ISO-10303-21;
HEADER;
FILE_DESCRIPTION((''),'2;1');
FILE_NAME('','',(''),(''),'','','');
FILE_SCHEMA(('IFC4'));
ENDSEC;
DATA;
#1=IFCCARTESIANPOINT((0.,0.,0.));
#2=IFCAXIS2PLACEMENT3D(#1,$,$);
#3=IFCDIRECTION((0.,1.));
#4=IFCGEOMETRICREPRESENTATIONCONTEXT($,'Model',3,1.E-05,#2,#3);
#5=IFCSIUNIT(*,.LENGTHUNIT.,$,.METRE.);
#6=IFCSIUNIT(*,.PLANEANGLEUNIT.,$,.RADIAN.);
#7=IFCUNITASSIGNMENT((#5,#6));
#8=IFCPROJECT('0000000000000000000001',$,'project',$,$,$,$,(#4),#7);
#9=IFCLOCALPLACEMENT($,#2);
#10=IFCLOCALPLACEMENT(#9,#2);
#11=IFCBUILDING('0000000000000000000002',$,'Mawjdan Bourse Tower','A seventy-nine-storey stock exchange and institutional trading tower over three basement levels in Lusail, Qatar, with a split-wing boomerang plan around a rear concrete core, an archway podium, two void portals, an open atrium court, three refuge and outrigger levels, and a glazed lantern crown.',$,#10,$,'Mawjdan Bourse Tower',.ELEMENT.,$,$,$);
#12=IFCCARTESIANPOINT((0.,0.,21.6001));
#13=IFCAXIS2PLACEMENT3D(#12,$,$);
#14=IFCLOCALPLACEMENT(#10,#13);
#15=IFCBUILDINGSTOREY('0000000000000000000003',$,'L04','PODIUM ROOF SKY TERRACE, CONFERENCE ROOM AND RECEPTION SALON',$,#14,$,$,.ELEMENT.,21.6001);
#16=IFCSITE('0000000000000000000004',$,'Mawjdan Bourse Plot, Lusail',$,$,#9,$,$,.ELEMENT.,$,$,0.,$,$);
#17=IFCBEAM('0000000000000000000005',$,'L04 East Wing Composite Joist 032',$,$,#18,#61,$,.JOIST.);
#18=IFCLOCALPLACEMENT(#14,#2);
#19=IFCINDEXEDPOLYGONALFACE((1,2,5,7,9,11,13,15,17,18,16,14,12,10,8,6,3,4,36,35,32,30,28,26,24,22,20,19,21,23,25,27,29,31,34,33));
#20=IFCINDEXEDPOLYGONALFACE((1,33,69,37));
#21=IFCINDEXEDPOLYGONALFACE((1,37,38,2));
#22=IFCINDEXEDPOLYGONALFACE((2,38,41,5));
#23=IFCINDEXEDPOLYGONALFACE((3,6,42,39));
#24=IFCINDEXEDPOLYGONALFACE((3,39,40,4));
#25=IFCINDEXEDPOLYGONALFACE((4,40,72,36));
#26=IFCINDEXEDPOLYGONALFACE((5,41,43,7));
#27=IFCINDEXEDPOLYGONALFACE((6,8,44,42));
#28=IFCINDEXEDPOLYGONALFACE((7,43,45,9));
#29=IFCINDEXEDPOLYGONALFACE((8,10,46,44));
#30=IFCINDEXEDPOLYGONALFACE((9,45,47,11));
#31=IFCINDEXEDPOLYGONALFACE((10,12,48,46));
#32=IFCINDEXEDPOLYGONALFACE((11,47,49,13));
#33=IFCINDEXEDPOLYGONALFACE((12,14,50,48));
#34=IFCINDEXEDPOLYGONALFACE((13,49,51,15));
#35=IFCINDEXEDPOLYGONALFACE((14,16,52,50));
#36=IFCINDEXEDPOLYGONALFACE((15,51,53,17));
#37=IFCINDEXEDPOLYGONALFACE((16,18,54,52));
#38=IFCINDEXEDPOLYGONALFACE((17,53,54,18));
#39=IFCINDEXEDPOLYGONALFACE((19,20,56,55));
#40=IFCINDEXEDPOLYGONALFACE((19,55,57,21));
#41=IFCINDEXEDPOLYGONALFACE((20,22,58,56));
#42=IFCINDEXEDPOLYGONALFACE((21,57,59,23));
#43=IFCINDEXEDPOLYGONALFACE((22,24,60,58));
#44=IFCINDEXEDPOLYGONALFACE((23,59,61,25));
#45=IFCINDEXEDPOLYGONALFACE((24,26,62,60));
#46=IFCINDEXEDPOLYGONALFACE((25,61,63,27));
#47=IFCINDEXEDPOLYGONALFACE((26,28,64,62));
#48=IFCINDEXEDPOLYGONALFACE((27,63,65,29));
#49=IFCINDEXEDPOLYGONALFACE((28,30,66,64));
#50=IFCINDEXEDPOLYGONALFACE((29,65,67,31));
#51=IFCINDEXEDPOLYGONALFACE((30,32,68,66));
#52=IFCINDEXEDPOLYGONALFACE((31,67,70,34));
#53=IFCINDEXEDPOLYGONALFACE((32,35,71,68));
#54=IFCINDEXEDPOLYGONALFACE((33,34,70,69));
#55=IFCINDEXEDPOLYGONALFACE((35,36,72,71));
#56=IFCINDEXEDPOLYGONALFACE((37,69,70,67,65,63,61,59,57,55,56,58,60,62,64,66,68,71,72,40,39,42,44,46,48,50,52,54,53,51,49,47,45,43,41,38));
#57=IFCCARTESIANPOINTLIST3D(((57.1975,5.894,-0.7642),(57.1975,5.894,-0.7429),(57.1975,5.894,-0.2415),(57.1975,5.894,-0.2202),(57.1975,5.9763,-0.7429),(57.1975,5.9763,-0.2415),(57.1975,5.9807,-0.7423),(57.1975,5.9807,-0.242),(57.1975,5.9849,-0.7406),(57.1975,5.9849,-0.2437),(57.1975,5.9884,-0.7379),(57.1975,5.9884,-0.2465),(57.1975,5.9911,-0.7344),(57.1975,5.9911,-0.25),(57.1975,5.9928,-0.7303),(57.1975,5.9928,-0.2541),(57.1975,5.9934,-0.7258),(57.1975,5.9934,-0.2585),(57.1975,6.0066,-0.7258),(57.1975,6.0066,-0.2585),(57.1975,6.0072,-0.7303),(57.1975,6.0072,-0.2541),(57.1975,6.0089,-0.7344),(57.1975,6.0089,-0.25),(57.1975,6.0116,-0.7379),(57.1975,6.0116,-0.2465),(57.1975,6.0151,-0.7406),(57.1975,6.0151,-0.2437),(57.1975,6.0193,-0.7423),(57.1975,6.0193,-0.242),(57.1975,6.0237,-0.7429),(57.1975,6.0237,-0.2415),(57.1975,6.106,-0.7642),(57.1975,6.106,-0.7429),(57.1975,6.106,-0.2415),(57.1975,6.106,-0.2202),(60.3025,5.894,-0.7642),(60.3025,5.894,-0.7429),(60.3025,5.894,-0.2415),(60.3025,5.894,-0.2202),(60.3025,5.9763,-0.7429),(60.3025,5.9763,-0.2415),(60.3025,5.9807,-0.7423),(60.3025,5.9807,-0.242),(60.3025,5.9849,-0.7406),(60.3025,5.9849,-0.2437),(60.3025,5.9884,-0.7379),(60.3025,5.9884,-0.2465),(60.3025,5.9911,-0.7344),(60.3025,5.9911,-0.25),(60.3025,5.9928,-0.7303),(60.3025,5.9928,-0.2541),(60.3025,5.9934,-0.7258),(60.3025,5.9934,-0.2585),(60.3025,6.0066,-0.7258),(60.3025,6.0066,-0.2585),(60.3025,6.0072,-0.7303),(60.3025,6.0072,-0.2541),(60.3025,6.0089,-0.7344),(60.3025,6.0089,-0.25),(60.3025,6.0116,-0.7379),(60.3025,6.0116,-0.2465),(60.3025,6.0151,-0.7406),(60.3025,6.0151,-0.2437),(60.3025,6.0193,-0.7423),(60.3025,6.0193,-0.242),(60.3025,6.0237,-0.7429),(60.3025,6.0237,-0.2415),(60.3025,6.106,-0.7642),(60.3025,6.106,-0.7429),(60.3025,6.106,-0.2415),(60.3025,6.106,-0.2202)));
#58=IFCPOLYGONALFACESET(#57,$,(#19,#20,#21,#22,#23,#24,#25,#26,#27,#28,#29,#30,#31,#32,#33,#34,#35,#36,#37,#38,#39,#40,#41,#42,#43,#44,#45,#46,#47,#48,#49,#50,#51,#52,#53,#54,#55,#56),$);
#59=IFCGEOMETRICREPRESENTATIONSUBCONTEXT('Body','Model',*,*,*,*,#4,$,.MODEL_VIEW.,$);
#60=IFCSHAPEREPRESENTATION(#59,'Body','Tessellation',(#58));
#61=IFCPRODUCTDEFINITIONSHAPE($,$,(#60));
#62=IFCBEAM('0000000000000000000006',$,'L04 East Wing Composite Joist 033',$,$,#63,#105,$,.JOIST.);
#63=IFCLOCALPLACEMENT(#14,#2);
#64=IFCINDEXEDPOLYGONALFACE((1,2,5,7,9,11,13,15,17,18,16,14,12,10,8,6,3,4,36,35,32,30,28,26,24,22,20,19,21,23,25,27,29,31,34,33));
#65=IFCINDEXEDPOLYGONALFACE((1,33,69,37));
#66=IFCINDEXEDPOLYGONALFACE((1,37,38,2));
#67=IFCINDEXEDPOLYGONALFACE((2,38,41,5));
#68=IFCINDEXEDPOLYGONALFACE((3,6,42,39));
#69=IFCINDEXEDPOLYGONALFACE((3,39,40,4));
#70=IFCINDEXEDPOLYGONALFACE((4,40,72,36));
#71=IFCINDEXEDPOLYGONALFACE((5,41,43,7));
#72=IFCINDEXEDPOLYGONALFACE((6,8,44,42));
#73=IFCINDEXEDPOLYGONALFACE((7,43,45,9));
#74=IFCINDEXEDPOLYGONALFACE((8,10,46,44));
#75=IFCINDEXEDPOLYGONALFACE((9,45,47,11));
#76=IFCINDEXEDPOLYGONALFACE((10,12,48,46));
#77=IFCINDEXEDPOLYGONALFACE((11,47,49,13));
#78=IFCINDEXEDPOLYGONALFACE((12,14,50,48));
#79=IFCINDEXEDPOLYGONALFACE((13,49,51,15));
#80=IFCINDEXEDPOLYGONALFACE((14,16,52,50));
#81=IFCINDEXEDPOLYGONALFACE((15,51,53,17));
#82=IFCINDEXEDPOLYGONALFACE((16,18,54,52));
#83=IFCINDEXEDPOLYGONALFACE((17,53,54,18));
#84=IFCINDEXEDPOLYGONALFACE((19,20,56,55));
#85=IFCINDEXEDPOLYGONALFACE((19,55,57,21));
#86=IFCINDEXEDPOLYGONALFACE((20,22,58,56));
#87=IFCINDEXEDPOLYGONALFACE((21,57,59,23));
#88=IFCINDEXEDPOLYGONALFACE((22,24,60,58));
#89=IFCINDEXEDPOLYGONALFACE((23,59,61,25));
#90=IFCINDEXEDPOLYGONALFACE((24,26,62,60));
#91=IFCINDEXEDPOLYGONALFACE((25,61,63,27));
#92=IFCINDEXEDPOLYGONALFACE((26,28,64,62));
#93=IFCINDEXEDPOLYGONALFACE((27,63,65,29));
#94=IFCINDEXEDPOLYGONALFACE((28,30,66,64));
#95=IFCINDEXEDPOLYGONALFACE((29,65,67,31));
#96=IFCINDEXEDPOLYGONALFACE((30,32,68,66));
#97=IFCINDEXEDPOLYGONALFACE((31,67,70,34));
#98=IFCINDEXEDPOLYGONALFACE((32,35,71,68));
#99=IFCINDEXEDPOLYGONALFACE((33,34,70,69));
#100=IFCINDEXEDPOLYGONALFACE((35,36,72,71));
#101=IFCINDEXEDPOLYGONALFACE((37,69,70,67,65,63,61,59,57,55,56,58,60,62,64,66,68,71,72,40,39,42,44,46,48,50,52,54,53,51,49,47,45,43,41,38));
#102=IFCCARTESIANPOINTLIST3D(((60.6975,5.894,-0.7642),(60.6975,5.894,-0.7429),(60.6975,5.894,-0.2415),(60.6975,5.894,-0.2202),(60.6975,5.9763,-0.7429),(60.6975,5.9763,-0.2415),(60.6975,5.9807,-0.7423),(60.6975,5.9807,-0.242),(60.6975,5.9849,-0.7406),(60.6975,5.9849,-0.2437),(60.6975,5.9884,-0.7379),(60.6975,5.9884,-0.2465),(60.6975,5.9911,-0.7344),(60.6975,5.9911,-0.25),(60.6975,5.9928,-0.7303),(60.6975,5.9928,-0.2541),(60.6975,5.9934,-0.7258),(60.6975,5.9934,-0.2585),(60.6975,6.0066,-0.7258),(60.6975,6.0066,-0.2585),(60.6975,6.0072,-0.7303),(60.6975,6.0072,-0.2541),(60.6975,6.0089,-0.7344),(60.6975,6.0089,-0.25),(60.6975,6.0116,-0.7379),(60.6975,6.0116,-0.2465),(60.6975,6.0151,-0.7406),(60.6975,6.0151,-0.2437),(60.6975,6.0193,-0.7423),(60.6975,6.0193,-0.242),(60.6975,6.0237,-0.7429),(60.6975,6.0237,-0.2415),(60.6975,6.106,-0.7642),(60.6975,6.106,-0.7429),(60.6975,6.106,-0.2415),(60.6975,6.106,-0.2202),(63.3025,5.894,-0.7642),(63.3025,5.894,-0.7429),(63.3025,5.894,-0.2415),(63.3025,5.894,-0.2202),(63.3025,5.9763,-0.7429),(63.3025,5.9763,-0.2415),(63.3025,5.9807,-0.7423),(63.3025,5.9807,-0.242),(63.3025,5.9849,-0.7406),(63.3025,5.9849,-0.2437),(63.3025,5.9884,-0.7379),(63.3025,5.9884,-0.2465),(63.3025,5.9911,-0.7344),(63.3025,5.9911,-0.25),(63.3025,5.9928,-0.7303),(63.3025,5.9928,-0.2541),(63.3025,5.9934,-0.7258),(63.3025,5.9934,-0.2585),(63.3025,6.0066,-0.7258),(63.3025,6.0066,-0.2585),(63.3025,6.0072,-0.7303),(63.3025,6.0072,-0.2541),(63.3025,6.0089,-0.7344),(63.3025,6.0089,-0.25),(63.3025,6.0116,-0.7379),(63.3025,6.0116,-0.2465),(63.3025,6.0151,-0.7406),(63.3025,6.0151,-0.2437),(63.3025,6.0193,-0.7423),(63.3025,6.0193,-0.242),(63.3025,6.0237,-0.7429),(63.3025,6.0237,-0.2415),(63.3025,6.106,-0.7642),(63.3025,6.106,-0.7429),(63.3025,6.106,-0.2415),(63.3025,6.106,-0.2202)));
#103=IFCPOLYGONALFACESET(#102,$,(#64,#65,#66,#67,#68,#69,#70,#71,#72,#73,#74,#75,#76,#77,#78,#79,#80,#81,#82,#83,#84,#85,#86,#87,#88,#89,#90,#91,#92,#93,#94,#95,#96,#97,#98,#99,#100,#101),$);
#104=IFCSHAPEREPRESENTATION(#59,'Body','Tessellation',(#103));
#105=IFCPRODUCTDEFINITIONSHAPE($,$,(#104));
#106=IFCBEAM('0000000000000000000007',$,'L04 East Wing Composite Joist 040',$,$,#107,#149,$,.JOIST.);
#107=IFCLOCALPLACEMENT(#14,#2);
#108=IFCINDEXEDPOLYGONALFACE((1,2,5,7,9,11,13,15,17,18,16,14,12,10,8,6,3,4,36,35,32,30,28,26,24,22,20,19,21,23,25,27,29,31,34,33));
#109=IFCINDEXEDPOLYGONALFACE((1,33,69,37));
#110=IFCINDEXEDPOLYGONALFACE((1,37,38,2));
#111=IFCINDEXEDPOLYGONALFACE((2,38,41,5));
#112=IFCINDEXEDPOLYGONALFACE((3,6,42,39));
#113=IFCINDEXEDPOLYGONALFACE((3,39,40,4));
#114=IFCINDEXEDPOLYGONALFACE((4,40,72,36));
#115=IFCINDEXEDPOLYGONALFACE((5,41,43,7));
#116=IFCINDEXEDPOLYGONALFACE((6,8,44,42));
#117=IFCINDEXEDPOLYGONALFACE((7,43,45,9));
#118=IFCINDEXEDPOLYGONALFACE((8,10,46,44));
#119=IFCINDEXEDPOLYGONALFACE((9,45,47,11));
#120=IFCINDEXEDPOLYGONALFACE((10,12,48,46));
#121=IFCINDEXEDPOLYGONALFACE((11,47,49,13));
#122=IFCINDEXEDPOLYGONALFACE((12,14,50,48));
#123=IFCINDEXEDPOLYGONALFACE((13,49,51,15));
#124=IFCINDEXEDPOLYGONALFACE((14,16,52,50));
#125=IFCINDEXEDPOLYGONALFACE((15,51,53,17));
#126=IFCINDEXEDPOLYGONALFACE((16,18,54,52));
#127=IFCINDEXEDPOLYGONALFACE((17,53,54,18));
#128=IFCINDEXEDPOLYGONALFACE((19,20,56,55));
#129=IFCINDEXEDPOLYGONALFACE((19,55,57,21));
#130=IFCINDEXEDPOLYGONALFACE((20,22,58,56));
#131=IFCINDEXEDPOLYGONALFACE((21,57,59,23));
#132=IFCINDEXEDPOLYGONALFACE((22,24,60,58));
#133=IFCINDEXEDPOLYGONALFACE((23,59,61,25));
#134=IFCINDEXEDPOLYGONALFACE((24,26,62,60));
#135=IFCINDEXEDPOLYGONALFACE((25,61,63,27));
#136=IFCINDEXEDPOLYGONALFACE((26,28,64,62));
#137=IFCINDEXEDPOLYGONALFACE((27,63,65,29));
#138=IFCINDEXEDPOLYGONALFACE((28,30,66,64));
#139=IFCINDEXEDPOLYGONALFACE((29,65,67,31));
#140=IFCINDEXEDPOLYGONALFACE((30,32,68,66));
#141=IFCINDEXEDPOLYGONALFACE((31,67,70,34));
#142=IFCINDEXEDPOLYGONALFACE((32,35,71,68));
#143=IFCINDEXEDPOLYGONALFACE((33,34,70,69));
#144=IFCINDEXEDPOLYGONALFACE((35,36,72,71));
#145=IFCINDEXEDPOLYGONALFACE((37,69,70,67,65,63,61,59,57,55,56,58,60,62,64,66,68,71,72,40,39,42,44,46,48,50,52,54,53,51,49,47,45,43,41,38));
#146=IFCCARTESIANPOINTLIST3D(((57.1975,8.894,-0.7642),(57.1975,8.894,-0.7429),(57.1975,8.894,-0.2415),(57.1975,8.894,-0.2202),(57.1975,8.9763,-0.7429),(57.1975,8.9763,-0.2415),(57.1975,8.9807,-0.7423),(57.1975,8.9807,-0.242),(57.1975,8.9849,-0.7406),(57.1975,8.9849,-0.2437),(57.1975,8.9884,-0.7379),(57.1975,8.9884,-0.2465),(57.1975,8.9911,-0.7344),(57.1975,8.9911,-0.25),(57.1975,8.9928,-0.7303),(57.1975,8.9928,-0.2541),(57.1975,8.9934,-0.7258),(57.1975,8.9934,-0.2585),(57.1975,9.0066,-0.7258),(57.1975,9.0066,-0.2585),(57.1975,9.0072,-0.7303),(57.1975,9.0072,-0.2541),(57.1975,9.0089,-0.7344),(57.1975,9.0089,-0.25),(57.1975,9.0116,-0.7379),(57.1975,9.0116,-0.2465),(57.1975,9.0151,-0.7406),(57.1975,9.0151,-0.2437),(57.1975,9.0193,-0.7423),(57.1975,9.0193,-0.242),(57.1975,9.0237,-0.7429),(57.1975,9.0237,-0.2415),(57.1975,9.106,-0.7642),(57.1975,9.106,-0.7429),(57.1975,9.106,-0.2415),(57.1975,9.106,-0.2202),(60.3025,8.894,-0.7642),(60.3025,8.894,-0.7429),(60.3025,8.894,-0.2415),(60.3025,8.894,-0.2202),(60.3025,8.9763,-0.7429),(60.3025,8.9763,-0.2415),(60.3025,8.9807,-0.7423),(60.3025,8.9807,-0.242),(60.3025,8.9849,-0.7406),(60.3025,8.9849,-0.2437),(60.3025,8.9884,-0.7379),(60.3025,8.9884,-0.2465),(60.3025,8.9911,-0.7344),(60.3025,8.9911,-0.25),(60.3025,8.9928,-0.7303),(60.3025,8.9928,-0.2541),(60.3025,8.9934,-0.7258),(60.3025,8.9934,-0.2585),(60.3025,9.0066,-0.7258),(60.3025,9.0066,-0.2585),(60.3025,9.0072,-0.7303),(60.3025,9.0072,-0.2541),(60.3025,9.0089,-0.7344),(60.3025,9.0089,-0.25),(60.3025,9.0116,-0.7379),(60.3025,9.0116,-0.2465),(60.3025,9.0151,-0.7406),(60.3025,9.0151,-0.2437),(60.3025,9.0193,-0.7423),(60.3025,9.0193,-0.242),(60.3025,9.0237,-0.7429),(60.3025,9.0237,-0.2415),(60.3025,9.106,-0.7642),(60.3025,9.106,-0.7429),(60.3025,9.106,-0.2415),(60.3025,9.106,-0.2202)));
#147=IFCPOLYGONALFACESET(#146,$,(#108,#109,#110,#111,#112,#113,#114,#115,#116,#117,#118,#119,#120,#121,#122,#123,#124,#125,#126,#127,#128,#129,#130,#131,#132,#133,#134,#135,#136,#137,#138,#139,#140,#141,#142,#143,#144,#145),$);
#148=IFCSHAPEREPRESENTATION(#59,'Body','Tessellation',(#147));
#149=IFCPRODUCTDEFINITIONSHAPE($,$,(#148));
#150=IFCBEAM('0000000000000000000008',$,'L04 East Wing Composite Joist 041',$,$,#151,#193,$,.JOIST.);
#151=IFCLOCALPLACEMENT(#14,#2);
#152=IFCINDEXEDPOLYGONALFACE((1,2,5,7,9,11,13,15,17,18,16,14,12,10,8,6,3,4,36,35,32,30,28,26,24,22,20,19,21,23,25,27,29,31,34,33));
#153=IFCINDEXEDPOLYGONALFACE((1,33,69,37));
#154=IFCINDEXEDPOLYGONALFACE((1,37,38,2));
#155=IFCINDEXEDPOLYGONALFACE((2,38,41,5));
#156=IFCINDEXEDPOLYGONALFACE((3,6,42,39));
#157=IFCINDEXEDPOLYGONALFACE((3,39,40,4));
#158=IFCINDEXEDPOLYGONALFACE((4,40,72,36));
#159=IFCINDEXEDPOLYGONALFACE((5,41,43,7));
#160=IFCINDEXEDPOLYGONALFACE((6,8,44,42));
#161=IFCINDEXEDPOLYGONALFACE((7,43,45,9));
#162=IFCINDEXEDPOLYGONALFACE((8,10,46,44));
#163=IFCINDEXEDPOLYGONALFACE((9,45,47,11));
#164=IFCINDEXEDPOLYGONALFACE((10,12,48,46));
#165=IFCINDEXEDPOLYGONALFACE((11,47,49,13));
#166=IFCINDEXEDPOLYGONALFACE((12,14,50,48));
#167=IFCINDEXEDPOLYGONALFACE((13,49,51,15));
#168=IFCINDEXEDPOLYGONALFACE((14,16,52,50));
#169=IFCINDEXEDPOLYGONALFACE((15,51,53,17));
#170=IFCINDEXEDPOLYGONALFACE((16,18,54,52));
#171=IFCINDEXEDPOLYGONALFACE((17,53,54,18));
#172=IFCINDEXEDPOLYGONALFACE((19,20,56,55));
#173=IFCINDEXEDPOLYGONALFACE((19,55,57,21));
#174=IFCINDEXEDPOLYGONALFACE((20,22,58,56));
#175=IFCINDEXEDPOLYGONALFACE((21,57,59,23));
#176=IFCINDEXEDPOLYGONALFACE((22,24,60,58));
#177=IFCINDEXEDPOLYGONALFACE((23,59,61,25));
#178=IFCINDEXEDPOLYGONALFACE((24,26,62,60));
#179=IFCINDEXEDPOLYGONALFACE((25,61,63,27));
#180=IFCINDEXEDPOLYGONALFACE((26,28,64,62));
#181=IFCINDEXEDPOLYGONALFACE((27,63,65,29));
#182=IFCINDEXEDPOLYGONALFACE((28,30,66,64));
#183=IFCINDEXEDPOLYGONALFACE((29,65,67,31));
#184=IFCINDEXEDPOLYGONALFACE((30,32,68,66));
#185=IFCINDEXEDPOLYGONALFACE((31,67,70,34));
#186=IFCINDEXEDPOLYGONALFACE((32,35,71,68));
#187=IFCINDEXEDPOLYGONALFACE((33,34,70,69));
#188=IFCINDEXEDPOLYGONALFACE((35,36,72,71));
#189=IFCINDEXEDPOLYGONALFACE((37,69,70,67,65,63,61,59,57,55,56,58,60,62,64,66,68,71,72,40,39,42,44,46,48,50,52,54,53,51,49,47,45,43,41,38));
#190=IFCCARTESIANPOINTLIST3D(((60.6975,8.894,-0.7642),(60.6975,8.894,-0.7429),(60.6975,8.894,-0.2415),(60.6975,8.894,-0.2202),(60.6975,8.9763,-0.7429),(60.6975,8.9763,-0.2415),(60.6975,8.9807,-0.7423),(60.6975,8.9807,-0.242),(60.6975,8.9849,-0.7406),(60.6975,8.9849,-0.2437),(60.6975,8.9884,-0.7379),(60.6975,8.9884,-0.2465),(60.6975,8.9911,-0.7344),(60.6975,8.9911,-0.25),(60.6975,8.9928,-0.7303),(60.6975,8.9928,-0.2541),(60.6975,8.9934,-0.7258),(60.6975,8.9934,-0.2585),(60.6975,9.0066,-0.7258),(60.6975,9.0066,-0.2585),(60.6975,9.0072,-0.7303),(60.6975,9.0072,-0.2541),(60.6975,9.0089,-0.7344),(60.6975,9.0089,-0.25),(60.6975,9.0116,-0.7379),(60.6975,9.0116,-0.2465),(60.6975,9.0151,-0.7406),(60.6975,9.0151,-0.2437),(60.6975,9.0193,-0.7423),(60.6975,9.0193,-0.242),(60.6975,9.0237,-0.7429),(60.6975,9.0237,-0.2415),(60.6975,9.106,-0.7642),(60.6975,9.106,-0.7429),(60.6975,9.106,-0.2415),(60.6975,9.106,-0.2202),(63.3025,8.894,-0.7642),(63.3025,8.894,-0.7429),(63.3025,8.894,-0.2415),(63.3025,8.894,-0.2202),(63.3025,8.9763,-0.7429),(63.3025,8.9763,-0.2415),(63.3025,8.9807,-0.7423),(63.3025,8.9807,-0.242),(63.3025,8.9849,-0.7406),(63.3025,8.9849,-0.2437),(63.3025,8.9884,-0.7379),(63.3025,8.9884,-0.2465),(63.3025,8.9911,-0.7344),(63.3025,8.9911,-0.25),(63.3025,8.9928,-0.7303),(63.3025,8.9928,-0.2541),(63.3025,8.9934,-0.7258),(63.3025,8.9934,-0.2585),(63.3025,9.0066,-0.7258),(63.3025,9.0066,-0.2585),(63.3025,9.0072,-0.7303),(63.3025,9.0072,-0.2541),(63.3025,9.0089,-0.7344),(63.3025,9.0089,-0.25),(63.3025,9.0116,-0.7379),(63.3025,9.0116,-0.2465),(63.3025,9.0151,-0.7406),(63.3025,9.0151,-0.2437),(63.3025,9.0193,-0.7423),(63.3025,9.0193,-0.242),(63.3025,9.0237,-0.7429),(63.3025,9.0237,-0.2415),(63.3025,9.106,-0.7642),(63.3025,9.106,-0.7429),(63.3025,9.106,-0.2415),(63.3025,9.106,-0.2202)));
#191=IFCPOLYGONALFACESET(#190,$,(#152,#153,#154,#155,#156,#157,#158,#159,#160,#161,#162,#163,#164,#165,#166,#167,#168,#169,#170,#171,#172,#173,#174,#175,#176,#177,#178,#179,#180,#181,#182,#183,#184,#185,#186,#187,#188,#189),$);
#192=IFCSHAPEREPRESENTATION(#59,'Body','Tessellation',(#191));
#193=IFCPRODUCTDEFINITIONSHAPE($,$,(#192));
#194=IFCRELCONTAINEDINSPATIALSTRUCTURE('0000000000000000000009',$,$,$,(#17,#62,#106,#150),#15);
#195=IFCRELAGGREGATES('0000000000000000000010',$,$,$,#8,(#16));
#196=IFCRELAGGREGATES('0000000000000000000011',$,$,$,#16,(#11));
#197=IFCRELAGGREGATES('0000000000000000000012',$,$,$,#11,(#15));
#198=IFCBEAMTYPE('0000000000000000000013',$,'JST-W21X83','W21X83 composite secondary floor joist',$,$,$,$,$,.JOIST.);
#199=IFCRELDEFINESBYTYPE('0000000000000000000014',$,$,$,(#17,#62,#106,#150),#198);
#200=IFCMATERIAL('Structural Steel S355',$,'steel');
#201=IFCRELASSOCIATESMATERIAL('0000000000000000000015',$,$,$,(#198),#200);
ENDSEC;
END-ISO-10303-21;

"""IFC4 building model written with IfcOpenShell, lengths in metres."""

from ifc_helpers import new_model, si_unit, direction, frame, origin, origin_2d, place, context, subcontext, project, spatial, i_section, extrude, material, material_profile, profile_set, type_object, element, save


model = new_model("IFC4")

# Units and contexts
model_context = context("Model", 3, precision=1e-05, world=origin(), true_north=direction((0.0, 1.0)))
body_context = subcontext(model_context, "Body", "Model", "MODEL_VIEW")
ifc_project = project(units=[si_unit("LENGTHUNIT", "METRE"), si_unit("PLANEANGLEUNIT", "RADIAN")], contexts=[model_context])

# Site, building, storey
site_placement = place(None, origin())
site = spatial("IfcSite", under=ifc_project, at=site_placement, Name="Mawjdan Bourse Plot, Lusail", CompositionType="ELEMENT", RefElevation=0.0)
building_placement = place(site_placement, origin())
building = spatial("IfcBuilding", under=site, at=building_placement, Name="Mawjdan Bourse Tower", Description="A seventy-nine-storey stock exchange and institutional trading tower over three basement levels in Lusail, Qatar, with a split-wing boomerang plan around a rear concrete core, an archway podium, two void portals, an open atrium court, three refuge and outrigger levels, and a glazed lantern crown.", LongName="Mawjdan Bourse Tower", CompositionType="ELEMENT")
storey_placement = place(building_placement, frame((0.0, 0.0, 21.6001)))
storey = spatial("IfcBuildingStorey", under=building, at=storey_placement, Name="L04", Description="PODIUM ROOF SKY TERRACE, CONFERENCE ROOM AND RECEPTION SALON", CompositionType="ELEMENT", Elevation=21.6001)

# Beams
ifc_material_1 = material(Name="Structural Steel S355", Category="steel")
ifc_material_profile_1 = material_profile(ifc_material_1, i_section(OverallWidth=0.2119, OverallDepth=0.5439, WebThickness=0.0132, FlangeThickness=0.0212, FilletRadius=0.0171, at=origin_2d()), Name="W21X83")
ifc_profile_set_1 = profile_set([ifc_material_profile_1], Name="Structural Steel S355")
beam_type_1 = type_object("IfcBeamType", Name="JST-W21X83", Description="W21X83 composite secondary floor joist", PredefinedType="JOIST", material=ifc_profile_set_1)
beam_1_placement = place(storey_placement, frame((57.1975, 6.0, -0.4922), z_axis=(1.0, 0.0, 0.0), x_axis=(0.0, 1.0, 0.0)))
element("IfcBeam", 1, at=beam_1_placement, inside=storey, type_object=beam_type_1, Name="L04 East Wing Composite Joist 032", PredefinedType="JOIST", context=body_context, shape_type="SweptSolid", body=[
    extrude(i_section(OverallWidth=0.2119, OverallDepth=0.5439, WebThickness=0.0132, FlangeThickness=0.0212, FilletRadius=0.0171, at=origin_2d()), origin(), (0.0, 0.0, 1.0), 3.105),
])
beam_2_placement = place(storey_placement, frame((60.6975, 6.0, -0.4922), z_axis=(1.0, 0.0, 0.0), x_axis=(0.0, 1.0, 0.0)))
element("IfcBeam", 2, at=beam_2_placement, inside=storey, type_object=beam_type_1, Name="L04 East Wing Composite Joist 033", PredefinedType="JOIST", context=body_context, shape_type="SweptSolid", body=[
    extrude(i_section(OverallWidth=0.2119, OverallDepth=0.5439, WebThickness=0.0132, FlangeThickness=0.0212, FilletRadius=0.0171, at=origin_2d()), origin(), (0.0, 0.0, 1.0), 2.605),
])
beam_3_placement = place(storey_placement, frame((57.1975, 9.0, -0.4922), z_axis=(1.0, 0.0, 0.0), x_axis=(0.0, 1.0, 0.0)))
element("IfcBeam", 3, at=beam_3_placement, inside=storey, type_object=beam_type_1, Name="L04 East Wing Composite Joist 040", PredefinedType="JOIST", context=body_context, shape_type="SweptSolid", body=[
    extrude(i_section(OverallWidth=0.2119, OverallDepth=0.5439, WebThickness=0.0132, FlangeThickness=0.0212, FilletRadius=0.0171, at=origin_2d()), origin(), (0.0, 0.0, 1.0), 3.105),
])
beam_4_placement = place(storey_placement, frame((60.6975, 9.0, -0.4922), z_axis=(1.0, 0.0, 0.0), x_axis=(0.0, 1.0, 0.0)))
element("IfcBeam", 4, at=beam_4_placement, inside=storey, type_object=beam_type_1, Name="L04 East Wing Composite Joist 041", PredefinedType="JOIST", context=body_context, shape_type="SweptSolid", body=[
    extrude(i_section(OverallWidth=0.2119, OverallDepth=0.5439, WebThickness=0.0132, FlangeThickness=0.0212, FilletRadius=0.0171, at=origin_2d()), origin(), (0.0, 0.0, 1.0), 2.605),
])

save(model, "model.ifc")
